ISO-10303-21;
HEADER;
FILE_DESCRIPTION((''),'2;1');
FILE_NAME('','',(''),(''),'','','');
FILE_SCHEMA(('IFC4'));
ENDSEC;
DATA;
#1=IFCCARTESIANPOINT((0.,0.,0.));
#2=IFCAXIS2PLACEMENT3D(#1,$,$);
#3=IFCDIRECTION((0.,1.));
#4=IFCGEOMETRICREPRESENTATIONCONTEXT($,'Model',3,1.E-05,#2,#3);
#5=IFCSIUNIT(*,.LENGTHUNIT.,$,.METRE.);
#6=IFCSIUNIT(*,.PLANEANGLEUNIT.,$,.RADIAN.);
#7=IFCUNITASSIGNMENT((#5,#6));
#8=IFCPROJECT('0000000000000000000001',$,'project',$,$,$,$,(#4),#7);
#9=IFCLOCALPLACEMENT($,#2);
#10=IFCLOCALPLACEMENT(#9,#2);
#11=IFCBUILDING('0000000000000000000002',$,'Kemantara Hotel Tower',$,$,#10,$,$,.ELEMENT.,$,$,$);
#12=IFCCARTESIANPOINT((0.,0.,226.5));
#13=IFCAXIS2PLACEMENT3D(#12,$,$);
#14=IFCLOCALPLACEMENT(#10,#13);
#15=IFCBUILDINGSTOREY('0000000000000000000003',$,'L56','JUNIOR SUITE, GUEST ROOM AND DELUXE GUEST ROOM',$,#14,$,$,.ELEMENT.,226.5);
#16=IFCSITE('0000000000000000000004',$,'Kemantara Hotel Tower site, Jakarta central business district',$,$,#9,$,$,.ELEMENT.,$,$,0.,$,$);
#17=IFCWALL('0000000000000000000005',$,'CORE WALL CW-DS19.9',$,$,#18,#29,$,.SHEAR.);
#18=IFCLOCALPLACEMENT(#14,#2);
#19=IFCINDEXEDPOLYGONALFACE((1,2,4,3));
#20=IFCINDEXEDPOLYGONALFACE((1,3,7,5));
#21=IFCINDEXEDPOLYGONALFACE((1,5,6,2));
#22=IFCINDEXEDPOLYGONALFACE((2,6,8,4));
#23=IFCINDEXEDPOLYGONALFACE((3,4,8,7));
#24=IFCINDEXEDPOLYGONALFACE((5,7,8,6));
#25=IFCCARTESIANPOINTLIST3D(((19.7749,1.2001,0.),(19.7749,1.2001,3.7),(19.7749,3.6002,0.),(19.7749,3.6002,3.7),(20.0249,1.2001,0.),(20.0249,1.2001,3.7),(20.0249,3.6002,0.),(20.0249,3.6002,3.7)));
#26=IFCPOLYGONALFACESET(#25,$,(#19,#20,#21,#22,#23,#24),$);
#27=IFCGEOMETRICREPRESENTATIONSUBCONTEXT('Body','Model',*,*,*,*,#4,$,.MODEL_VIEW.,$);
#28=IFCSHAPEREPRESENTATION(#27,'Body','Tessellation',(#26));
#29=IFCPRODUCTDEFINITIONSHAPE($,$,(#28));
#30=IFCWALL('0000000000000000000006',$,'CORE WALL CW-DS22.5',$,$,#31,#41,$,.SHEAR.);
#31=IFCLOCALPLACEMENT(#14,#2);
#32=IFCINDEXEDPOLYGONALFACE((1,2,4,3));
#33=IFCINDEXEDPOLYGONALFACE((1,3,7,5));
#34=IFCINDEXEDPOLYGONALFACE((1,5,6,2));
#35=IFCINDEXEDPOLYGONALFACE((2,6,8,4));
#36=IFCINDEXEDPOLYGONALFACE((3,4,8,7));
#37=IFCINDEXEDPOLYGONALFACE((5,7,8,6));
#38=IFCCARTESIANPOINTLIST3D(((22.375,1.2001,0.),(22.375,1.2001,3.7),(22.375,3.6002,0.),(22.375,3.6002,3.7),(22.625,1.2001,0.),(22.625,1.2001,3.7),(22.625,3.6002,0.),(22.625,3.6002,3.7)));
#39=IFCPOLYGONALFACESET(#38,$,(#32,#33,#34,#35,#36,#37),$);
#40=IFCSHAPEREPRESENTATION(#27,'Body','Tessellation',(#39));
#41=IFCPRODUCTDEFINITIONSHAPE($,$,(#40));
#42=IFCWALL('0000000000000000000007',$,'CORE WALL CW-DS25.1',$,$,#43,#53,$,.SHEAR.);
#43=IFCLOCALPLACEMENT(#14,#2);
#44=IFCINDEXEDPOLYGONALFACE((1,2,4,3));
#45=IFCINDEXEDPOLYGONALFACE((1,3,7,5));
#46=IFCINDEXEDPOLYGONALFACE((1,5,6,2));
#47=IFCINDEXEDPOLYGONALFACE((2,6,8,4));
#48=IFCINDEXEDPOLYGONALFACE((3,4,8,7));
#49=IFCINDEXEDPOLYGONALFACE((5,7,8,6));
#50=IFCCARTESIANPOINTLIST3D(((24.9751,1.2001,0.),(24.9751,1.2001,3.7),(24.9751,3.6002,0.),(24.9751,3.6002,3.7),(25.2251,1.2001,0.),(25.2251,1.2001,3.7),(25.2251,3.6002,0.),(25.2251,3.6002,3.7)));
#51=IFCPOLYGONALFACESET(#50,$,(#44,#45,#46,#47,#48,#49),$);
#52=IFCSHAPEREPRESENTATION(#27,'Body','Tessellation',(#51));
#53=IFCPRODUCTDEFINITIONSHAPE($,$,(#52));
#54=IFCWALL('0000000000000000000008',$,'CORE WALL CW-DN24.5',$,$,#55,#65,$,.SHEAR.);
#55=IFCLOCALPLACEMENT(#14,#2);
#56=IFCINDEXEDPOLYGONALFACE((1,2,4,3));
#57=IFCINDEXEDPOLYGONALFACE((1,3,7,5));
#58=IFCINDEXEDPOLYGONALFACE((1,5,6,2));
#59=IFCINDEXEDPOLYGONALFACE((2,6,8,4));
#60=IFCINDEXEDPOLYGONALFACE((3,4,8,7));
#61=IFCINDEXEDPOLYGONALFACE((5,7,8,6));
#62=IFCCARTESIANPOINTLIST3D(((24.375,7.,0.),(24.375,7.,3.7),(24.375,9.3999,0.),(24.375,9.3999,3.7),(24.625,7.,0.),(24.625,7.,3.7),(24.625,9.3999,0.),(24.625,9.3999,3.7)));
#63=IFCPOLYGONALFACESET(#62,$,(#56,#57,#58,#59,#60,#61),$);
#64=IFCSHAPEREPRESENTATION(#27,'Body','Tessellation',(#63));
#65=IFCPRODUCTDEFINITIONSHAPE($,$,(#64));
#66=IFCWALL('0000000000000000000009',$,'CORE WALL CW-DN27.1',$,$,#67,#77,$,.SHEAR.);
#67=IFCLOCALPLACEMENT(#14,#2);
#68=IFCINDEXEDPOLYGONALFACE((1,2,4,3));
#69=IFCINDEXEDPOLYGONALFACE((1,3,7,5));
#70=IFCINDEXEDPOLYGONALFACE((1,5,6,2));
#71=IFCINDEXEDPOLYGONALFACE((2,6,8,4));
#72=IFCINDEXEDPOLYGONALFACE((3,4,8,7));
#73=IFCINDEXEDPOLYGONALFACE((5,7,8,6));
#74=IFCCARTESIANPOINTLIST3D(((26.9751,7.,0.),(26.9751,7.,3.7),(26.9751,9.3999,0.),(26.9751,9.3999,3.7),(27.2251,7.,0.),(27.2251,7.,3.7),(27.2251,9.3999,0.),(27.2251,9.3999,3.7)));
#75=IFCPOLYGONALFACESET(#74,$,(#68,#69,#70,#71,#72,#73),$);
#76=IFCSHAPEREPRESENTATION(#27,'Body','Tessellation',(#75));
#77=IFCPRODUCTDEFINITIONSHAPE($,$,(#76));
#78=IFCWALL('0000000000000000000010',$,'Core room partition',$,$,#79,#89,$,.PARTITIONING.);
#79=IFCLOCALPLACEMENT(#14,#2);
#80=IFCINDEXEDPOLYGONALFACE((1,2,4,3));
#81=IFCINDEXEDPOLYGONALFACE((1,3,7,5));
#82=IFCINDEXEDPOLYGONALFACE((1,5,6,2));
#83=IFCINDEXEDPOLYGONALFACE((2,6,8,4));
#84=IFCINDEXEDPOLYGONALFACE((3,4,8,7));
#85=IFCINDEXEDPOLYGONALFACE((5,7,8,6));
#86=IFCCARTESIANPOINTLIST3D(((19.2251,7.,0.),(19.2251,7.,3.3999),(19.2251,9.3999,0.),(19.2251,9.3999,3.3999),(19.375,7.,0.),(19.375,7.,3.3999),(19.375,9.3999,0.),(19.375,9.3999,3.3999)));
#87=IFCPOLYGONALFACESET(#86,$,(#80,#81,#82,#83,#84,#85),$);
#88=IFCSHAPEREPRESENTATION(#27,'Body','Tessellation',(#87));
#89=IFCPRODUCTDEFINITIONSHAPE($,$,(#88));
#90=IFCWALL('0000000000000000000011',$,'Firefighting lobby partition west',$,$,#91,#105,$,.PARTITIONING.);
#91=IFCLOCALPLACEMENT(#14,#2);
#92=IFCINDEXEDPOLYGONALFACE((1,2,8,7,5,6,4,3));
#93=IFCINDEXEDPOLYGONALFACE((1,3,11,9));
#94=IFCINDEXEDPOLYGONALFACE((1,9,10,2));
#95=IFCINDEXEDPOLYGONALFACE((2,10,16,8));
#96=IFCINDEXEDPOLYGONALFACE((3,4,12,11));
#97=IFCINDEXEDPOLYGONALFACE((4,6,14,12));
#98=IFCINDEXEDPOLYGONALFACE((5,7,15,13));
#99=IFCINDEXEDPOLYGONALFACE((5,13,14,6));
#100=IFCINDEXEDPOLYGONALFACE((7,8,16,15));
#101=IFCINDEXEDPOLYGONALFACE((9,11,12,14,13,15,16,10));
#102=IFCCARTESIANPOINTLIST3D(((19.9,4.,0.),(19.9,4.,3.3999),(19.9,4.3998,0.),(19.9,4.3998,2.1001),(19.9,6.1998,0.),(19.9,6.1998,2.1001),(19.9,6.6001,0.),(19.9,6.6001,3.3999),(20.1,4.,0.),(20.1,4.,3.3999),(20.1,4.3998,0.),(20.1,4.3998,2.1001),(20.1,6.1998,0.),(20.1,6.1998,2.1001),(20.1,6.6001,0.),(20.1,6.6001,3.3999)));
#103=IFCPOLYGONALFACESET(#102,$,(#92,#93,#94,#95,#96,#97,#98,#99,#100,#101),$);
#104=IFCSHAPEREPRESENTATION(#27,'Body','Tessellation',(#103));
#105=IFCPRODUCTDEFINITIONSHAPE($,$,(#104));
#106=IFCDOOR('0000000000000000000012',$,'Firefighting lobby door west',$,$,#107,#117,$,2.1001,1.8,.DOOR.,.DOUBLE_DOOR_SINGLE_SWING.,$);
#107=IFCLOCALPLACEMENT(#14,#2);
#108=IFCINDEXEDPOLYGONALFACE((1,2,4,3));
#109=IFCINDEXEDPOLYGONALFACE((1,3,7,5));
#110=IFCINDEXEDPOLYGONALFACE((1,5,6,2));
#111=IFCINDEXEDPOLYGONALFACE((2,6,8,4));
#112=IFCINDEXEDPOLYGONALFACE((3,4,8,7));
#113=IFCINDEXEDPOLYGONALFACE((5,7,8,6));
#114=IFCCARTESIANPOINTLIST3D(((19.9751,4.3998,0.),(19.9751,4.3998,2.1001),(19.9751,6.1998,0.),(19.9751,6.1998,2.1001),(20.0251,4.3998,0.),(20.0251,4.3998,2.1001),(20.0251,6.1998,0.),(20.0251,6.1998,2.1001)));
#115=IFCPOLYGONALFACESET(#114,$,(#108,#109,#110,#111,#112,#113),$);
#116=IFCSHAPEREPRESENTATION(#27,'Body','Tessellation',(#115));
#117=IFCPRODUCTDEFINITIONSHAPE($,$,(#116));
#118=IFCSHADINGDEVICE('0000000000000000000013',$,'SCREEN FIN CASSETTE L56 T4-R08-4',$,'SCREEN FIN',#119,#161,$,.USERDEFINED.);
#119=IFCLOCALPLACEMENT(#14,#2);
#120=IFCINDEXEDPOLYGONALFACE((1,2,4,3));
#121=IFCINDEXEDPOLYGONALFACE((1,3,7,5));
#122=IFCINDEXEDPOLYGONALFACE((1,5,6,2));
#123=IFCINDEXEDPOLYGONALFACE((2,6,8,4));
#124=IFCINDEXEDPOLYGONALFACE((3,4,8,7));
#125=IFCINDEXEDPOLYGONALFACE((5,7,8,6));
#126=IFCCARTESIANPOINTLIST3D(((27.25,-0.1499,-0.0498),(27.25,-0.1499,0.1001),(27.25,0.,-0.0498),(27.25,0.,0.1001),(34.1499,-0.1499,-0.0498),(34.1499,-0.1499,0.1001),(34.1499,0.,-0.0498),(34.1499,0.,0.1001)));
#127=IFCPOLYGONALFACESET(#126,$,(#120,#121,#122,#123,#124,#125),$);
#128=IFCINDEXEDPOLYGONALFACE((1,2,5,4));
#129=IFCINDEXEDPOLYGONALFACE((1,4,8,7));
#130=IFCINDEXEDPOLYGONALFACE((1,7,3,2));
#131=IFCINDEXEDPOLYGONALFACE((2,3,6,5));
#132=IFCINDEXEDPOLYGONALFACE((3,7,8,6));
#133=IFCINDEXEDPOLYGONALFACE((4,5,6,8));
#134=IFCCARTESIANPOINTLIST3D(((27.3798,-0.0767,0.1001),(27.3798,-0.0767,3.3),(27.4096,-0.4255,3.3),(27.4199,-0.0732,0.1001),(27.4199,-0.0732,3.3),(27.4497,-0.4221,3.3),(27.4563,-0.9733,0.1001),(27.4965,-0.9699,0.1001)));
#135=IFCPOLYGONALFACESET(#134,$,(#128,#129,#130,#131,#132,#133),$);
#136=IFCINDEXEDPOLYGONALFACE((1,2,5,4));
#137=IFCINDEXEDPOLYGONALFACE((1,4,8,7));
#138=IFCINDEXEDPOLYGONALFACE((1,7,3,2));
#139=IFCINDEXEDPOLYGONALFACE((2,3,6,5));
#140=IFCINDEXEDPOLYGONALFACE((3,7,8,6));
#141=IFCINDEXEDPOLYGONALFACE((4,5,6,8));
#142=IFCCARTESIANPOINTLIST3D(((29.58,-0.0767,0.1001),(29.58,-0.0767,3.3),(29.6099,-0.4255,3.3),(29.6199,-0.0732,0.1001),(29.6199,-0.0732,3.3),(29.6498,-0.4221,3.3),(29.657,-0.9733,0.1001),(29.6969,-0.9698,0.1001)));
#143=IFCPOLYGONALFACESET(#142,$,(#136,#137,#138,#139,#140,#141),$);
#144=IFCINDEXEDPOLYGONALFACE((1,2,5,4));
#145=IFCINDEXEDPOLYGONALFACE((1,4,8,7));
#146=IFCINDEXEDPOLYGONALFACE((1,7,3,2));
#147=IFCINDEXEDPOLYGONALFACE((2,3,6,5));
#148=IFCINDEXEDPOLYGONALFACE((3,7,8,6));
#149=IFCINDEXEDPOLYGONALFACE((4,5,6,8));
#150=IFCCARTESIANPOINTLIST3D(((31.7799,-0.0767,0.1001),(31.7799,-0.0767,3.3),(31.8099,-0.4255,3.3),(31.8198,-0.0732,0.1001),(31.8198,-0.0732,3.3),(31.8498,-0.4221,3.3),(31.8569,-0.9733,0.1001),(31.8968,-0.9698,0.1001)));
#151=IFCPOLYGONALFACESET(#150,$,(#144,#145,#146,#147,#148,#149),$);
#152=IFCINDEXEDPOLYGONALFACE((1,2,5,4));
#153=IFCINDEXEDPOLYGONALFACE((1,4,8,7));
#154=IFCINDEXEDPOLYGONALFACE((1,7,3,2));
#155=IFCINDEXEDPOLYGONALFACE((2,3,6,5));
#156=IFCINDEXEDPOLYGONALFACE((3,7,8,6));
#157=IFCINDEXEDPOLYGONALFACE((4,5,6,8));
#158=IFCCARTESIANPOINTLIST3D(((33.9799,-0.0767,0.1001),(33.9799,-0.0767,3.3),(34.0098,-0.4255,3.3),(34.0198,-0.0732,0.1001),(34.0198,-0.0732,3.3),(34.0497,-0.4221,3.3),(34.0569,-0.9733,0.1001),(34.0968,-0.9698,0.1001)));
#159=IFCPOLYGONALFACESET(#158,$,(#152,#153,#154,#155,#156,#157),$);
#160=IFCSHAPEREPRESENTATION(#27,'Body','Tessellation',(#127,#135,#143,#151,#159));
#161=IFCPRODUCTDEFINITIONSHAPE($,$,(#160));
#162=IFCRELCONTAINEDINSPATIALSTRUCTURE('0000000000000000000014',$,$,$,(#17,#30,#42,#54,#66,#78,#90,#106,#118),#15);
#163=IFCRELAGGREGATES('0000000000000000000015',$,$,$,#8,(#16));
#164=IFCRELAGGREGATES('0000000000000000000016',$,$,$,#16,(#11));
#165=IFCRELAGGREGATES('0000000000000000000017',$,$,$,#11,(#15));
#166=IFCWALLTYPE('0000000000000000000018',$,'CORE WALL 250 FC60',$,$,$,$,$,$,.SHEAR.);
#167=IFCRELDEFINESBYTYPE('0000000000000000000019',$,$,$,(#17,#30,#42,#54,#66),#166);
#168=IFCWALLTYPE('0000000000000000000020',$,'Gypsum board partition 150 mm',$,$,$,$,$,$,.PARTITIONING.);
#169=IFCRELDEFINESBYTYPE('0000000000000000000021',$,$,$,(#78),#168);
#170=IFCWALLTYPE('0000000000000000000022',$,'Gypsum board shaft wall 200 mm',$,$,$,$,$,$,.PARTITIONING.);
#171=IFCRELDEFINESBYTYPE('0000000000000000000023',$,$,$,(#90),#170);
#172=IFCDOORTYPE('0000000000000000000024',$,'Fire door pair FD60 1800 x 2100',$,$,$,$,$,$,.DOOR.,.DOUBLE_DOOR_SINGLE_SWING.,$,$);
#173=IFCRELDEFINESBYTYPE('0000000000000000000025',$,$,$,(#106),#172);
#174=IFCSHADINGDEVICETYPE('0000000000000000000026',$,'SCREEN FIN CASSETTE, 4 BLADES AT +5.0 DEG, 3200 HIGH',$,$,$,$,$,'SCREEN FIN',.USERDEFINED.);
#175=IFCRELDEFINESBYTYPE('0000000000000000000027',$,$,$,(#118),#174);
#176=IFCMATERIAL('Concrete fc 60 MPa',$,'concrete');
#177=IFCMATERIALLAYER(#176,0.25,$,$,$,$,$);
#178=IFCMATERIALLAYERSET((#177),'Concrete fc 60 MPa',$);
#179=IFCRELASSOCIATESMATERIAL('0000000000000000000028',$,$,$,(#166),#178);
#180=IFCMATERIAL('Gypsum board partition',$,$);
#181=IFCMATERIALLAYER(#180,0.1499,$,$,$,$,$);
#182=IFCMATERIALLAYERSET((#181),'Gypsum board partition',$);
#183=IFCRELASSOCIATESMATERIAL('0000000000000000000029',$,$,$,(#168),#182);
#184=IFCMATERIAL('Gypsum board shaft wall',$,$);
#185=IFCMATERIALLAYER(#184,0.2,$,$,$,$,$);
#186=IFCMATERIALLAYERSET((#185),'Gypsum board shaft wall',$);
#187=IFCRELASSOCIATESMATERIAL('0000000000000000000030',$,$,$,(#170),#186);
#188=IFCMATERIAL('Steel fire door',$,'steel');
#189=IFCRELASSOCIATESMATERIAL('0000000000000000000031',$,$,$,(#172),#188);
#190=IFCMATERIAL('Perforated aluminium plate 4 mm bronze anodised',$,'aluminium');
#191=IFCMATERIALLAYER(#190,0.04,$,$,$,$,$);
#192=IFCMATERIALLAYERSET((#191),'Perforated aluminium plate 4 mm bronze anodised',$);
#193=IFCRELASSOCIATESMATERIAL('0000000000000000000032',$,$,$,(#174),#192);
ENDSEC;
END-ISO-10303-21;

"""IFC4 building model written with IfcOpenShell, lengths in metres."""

from ifc_helpers import new_model, si_unit, direction, frame, frame_2d, origin, origin_2d, place, context, subcontext, project, spatial, polyline, rectangle, outline, extrude, source, transform, mapped, material, layer, layer_set, type_object, element, fill, save


model = new_model("IFC4")

# Units and contexts
model_context = context("Model", 3, precision=1e-05, world=origin(), true_north=direction((0.0, 1.0)))
body_context = subcontext(model_context, "Body", "Model", "MODEL_VIEW")
ifc_project = project(units=[si_unit("LENGTHUNIT", "METRE"), si_unit("PLANEANGLEUNIT", "RADIAN")], contexts=[model_context])

# Site, building, storey
site_placement = place(None, origin())
site = spatial("IfcSite", under=ifc_project, at=site_placement, Name="Kemantara Hotel Tower site, Jakarta central business district", CompositionType="ELEMENT", RefElevation=0.0)
building_placement = place(site_placement, origin())
building = spatial("IfcBuilding", under=site, at=building_placement, Name="Kemantara Hotel Tower", CompositionType="ELEMENT")
storey_placement = place(building_placement, frame((0.0, 0.0, 226.5)))
storey = spatial("IfcBuildingStorey", under=building, at=storey_placement, Name="L56", Description="JUNIOR SUITE, GUEST ROOM AND DELUXE GUEST ROOM", CompositionType="ELEMENT", Elevation=226.5)

# Walls
ifc_material_1 = material(Name="Concrete fc 60 MPa", Category="concrete")
ifc_layer_1 = layer(ifc_material_1, 0.25)
ifc_layer_set_1 = layer_set([ifc_layer_1], Name="Concrete fc 60 MPa")
wall_type_1 = type_object("IfcWallType", Name="CORE WALL 250 FC60", PredefinedType="SHEAR", material=ifc_layer_set_1)
for number, where, z_axis, x_axis, name in (
    (1, (19.8999, 1.2, 0.0), (0.0, 0.0, 1.0), (0.0, 1.0, 0.0), "CORE WALL CW-DS19.9"),
    (2, (22.5, 1.2, 0.0), (0.0, 0.0, 1.0), (0.0, 1.0, 0.0), "CORE WALL CW-DS22.5"),
    (3, (25.1001, 1.2, 0.0), (0.0, 0.0, 1.0), (0.0, 1.0, 0.0), "CORE WALL CW-DS25.1"),
):
    element("IfcWall", number, at=place(storey_placement, frame(where, z_axis=z_axis, x_axis=x_axis)), inside=storey, type_object=wall_type_1, Name=name, PredefinedType="SHEAR", context=body_context, shape_type="SweptSolid", body=[
        extrude(rectangle(XDim=2.4001, YDim=0.25, at=frame_2d((1.2002, 0.0))), origin(), (0.0, 0.0, 1.0), 3.7),
    ])
for number, where, z_axis, x_axis, name in (
    (4, (24.5, 7.0, 0.0), (0.0, 0.0, 1.0), (0.0, 1.0, 0.0), "CORE WALL CW-DN24.5"),
    (5, (27.1001, 7.0, 0.0), (0.0, 0.0, 1.0), (0.0, 1.0, 0.0), "CORE WALL CW-DN27.1"),
):
    element("IfcWall", number, at=place(storey_placement, frame(where, z_axis=z_axis, x_axis=x_axis)), inside=storey, type_object=wall_type_1, Name=name, PredefinedType="SHEAR", context=body_context, shape_type="SweptSolid", body=[
        extrude(rectangle(XDim=2.3999, YDim=0.25, at=frame_2d((1.2, 0.0))), origin(), (0.0, 0.0, 1.0), 3.7),
    ])
ifc_material_2 = material(Name="Gypsum board partition")
ifc_layer_2 = layer(ifc_material_2, 0.1499)
ifc_layer_set_2 = layer_set([ifc_layer_2], Name="Gypsum board partition")
wall_type_2 = type_object("IfcWallType", Name="Gypsum board partition 150 mm", PredefinedType="PARTITIONING", material=ifc_layer_set_2)
wall_1_placement = place(storey_placement, frame((19.3, 7.0, 0.0), z_axis=(0.0, 0.0, 1.0), x_axis=(0.0, 1.0, 0.0)))
element("IfcWall", 6, at=wall_1_placement, inside=storey, type_object=wall_type_2, Name="Core room partition", PredefinedType="PARTITIONING", context=body_context, shape_type="SweptSolid", body=[
    extrude(rectangle(XDim=2.3999, YDim=0.1499, at=frame_2d((1.2, 0.0))), origin(), (0.0, 0.0, 1.0), 3.3999),
])

# Wall, opening, door
ifc_material_3 = material(Name="Gypsum board shaft wall")
ifc_layer_3 = layer(ifc_material_3, 0.2)
ifc_layer_set_3 = layer_set([ifc_layer_3], Name="Gypsum board shaft wall")
wall_type_3 = type_object("IfcWallType", Name="Gypsum board shaft wall 200 mm", PredefinedType="PARTITIONING", material=ifc_layer_set_3)
wall_2_placement = place(storey_placement, frame((20.0, 4.0, 0.0), z_axis=(0.0, 0.0, 1.0), x_axis=(0.0, 1.0, 0.0)))
wall_2 = element("IfcWall", 7, at=wall_2_placement, inside=storey, type_object=wall_type_3, Name="Firefighting lobby partition west", PredefinedType="PARTITIONING", context=body_context, shape_type="SweptSolid", body=[
    extrude(rectangle(XDim=2.6001, YDim=0.2, at=frame_2d((1.3, 0.0))), origin(), (0.0, 0.0, 1.0), 3.3999),
])
opening_placement = place(wall_2_placement, frame((0.3999, 0.0, 0.0)))
opening = element("IfcOpeningElement", 8, at=opening_placement, cuts=wall_2, PredefinedType="OPENING", context=body_context, shape_type="SweptSolid", body=[
    extrude(rectangle(XDim=1.8, YDim=2.1001, at=frame_2d((0.8999, 1.05))), frame((0.0, 0.1099, 0.0), z_axis=(0.0, -1.0, 0.0), x_axis=(1.0, 0.0, 0.0)), (0.0, 0.0, 1.0), 0.22),
])
ifc_material_4 = material(Name="Steel fire door", Category="steel")
door_type = type_object("IfcDoorType", Name="Fire door pair FD60 1800 x 2100", OperationType="DOUBLE_DOOR_SINGLE_SWING", PredefinedType="DOOR", material=ifc_material_4)
door_placement = place(opening_placement, origin())
door = element("IfcDoor", 9, at=door_placement, inside=storey, type_object=door_type, Name="Firefighting lobby door west", OperationType="DOUBLE_DOOR_SINGLE_SWING", OverallHeight=2.1001, OverallWidth=1.8, PredefinedType="DOOR", context=body_context, shape_type="SweptSolid", body=[
    extrude(rectangle(XDim=1.8, YDim=2.1001, at=frame_2d((0.8999, 1.05))), frame((0.0, 0.0249, 0.0), z_axis=(0.0, -1.0, 0.0), x_axis=(1.0, 0.0, 0.0)), (0.0, 0.0, 1.0), 0.05),
])
fill(opening, door)

# Shading device
ifc_material_5 = material(Name="Perforated aluminium plate 4 mm bronze anodised", Category="aluminium")
ifc_layer_4 = layer(ifc_material_5, 0.04)
ifc_layer_set_4 = layer_set([ifc_layer_4], Name="Perforated aluminium plate 4 mm bronze anodised")
shading_device_type = type_object("IfcShadingDeviceType", Name="SCREEN FIN CASSETTE, 4 BLADES AT +5.0 DEG, 3200 HIGH", ElementType="SCREEN FIN", PredefinedType="USERDEFINED", material=ifc_layer_set_4)
shared_shape = source(origin(), body_context, "Body", "SweptSolid", [
    extrude(rectangle(XDim=6.8999, YDim=0.1499, at=origin_2d()), frame((3.3, -0.075, -0.1499), z_axis=(0.0, 0.0, 1.0), x_axis=(1.0, 0.0, 0.0)), (0.0, 0.0, 1.0), 0.1499),
    extrude(outline(polyline([(0.0, 0.0), (0.8999, 0.0), (0.3501, 3.2), (0.0, 3.2), (0.0, 0.0)])), frame((0.02, -0.0732, 0.0), z_axis=(-0.996376, -0.085056, 0.0), x_axis=(0.085056, -0.996376, 0.0)), (0.0, 0.0, 1.0), 0.0403),
    extrude(outline(polyline([(0.0, 0.0), (0.8999, 0.0), (0.3501, 3.2), (0.0, 3.2), (0.0, 0.0)])), frame((2.22, -0.0732, 0.0), z_axis=(-0.996332, -0.085575, 0.0), x_axis=(0.085575, -0.996332, 0.0)), (0.0, 0.0, 1.0), 0.04),
    extrude(outline(polyline([(0.0, 0.0), (0.8999, 0.0), (0.3501, 3.2), (0.0, 3.2), (0.0, 0.0)])), frame((4.4199, -0.0732, 0.0), z_axis=(-0.996332, -0.085575, 0.0), x_axis=(0.085575, -0.996332, 0.0)), (0.0, 0.0, 1.0), 0.04),
    extrude(outline(polyline([(0.0, 0.0), (0.8999, 0.0), (0.3501, 3.2), (0.0, 3.2), (0.0, 0.0)])), frame((6.6199, -0.0732, 0.0), z_axis=(-0.996332, -0.085575, 0.0), x_axis=(0.085575, -0.996332, 0.0)), (0.0, 0.0, 1.0), 0.04),
])
shading_device_placement = place(storey_placement, frame((27.3999, 0.0, 0.1001), z_axis=(0.0, 0.0, 1.0), x_axis=(1.0, 0.0, 0.0)))
element("IfcShadingDevice", 10, at=shading_device_placement, inside=storey, type_object=shading_device_type, Name="SCREEN FIN CASSETTE L56 T4-R08-4", ObjectType="SCREEN FIN", PredefinedType="USERDEFINED", context=body_context, shape_type="MappedRepresentation", body=[
    mapped(shared_shape, transform((0.0, 0.0, 0.0))),
])

save(model, "model.ifc")
